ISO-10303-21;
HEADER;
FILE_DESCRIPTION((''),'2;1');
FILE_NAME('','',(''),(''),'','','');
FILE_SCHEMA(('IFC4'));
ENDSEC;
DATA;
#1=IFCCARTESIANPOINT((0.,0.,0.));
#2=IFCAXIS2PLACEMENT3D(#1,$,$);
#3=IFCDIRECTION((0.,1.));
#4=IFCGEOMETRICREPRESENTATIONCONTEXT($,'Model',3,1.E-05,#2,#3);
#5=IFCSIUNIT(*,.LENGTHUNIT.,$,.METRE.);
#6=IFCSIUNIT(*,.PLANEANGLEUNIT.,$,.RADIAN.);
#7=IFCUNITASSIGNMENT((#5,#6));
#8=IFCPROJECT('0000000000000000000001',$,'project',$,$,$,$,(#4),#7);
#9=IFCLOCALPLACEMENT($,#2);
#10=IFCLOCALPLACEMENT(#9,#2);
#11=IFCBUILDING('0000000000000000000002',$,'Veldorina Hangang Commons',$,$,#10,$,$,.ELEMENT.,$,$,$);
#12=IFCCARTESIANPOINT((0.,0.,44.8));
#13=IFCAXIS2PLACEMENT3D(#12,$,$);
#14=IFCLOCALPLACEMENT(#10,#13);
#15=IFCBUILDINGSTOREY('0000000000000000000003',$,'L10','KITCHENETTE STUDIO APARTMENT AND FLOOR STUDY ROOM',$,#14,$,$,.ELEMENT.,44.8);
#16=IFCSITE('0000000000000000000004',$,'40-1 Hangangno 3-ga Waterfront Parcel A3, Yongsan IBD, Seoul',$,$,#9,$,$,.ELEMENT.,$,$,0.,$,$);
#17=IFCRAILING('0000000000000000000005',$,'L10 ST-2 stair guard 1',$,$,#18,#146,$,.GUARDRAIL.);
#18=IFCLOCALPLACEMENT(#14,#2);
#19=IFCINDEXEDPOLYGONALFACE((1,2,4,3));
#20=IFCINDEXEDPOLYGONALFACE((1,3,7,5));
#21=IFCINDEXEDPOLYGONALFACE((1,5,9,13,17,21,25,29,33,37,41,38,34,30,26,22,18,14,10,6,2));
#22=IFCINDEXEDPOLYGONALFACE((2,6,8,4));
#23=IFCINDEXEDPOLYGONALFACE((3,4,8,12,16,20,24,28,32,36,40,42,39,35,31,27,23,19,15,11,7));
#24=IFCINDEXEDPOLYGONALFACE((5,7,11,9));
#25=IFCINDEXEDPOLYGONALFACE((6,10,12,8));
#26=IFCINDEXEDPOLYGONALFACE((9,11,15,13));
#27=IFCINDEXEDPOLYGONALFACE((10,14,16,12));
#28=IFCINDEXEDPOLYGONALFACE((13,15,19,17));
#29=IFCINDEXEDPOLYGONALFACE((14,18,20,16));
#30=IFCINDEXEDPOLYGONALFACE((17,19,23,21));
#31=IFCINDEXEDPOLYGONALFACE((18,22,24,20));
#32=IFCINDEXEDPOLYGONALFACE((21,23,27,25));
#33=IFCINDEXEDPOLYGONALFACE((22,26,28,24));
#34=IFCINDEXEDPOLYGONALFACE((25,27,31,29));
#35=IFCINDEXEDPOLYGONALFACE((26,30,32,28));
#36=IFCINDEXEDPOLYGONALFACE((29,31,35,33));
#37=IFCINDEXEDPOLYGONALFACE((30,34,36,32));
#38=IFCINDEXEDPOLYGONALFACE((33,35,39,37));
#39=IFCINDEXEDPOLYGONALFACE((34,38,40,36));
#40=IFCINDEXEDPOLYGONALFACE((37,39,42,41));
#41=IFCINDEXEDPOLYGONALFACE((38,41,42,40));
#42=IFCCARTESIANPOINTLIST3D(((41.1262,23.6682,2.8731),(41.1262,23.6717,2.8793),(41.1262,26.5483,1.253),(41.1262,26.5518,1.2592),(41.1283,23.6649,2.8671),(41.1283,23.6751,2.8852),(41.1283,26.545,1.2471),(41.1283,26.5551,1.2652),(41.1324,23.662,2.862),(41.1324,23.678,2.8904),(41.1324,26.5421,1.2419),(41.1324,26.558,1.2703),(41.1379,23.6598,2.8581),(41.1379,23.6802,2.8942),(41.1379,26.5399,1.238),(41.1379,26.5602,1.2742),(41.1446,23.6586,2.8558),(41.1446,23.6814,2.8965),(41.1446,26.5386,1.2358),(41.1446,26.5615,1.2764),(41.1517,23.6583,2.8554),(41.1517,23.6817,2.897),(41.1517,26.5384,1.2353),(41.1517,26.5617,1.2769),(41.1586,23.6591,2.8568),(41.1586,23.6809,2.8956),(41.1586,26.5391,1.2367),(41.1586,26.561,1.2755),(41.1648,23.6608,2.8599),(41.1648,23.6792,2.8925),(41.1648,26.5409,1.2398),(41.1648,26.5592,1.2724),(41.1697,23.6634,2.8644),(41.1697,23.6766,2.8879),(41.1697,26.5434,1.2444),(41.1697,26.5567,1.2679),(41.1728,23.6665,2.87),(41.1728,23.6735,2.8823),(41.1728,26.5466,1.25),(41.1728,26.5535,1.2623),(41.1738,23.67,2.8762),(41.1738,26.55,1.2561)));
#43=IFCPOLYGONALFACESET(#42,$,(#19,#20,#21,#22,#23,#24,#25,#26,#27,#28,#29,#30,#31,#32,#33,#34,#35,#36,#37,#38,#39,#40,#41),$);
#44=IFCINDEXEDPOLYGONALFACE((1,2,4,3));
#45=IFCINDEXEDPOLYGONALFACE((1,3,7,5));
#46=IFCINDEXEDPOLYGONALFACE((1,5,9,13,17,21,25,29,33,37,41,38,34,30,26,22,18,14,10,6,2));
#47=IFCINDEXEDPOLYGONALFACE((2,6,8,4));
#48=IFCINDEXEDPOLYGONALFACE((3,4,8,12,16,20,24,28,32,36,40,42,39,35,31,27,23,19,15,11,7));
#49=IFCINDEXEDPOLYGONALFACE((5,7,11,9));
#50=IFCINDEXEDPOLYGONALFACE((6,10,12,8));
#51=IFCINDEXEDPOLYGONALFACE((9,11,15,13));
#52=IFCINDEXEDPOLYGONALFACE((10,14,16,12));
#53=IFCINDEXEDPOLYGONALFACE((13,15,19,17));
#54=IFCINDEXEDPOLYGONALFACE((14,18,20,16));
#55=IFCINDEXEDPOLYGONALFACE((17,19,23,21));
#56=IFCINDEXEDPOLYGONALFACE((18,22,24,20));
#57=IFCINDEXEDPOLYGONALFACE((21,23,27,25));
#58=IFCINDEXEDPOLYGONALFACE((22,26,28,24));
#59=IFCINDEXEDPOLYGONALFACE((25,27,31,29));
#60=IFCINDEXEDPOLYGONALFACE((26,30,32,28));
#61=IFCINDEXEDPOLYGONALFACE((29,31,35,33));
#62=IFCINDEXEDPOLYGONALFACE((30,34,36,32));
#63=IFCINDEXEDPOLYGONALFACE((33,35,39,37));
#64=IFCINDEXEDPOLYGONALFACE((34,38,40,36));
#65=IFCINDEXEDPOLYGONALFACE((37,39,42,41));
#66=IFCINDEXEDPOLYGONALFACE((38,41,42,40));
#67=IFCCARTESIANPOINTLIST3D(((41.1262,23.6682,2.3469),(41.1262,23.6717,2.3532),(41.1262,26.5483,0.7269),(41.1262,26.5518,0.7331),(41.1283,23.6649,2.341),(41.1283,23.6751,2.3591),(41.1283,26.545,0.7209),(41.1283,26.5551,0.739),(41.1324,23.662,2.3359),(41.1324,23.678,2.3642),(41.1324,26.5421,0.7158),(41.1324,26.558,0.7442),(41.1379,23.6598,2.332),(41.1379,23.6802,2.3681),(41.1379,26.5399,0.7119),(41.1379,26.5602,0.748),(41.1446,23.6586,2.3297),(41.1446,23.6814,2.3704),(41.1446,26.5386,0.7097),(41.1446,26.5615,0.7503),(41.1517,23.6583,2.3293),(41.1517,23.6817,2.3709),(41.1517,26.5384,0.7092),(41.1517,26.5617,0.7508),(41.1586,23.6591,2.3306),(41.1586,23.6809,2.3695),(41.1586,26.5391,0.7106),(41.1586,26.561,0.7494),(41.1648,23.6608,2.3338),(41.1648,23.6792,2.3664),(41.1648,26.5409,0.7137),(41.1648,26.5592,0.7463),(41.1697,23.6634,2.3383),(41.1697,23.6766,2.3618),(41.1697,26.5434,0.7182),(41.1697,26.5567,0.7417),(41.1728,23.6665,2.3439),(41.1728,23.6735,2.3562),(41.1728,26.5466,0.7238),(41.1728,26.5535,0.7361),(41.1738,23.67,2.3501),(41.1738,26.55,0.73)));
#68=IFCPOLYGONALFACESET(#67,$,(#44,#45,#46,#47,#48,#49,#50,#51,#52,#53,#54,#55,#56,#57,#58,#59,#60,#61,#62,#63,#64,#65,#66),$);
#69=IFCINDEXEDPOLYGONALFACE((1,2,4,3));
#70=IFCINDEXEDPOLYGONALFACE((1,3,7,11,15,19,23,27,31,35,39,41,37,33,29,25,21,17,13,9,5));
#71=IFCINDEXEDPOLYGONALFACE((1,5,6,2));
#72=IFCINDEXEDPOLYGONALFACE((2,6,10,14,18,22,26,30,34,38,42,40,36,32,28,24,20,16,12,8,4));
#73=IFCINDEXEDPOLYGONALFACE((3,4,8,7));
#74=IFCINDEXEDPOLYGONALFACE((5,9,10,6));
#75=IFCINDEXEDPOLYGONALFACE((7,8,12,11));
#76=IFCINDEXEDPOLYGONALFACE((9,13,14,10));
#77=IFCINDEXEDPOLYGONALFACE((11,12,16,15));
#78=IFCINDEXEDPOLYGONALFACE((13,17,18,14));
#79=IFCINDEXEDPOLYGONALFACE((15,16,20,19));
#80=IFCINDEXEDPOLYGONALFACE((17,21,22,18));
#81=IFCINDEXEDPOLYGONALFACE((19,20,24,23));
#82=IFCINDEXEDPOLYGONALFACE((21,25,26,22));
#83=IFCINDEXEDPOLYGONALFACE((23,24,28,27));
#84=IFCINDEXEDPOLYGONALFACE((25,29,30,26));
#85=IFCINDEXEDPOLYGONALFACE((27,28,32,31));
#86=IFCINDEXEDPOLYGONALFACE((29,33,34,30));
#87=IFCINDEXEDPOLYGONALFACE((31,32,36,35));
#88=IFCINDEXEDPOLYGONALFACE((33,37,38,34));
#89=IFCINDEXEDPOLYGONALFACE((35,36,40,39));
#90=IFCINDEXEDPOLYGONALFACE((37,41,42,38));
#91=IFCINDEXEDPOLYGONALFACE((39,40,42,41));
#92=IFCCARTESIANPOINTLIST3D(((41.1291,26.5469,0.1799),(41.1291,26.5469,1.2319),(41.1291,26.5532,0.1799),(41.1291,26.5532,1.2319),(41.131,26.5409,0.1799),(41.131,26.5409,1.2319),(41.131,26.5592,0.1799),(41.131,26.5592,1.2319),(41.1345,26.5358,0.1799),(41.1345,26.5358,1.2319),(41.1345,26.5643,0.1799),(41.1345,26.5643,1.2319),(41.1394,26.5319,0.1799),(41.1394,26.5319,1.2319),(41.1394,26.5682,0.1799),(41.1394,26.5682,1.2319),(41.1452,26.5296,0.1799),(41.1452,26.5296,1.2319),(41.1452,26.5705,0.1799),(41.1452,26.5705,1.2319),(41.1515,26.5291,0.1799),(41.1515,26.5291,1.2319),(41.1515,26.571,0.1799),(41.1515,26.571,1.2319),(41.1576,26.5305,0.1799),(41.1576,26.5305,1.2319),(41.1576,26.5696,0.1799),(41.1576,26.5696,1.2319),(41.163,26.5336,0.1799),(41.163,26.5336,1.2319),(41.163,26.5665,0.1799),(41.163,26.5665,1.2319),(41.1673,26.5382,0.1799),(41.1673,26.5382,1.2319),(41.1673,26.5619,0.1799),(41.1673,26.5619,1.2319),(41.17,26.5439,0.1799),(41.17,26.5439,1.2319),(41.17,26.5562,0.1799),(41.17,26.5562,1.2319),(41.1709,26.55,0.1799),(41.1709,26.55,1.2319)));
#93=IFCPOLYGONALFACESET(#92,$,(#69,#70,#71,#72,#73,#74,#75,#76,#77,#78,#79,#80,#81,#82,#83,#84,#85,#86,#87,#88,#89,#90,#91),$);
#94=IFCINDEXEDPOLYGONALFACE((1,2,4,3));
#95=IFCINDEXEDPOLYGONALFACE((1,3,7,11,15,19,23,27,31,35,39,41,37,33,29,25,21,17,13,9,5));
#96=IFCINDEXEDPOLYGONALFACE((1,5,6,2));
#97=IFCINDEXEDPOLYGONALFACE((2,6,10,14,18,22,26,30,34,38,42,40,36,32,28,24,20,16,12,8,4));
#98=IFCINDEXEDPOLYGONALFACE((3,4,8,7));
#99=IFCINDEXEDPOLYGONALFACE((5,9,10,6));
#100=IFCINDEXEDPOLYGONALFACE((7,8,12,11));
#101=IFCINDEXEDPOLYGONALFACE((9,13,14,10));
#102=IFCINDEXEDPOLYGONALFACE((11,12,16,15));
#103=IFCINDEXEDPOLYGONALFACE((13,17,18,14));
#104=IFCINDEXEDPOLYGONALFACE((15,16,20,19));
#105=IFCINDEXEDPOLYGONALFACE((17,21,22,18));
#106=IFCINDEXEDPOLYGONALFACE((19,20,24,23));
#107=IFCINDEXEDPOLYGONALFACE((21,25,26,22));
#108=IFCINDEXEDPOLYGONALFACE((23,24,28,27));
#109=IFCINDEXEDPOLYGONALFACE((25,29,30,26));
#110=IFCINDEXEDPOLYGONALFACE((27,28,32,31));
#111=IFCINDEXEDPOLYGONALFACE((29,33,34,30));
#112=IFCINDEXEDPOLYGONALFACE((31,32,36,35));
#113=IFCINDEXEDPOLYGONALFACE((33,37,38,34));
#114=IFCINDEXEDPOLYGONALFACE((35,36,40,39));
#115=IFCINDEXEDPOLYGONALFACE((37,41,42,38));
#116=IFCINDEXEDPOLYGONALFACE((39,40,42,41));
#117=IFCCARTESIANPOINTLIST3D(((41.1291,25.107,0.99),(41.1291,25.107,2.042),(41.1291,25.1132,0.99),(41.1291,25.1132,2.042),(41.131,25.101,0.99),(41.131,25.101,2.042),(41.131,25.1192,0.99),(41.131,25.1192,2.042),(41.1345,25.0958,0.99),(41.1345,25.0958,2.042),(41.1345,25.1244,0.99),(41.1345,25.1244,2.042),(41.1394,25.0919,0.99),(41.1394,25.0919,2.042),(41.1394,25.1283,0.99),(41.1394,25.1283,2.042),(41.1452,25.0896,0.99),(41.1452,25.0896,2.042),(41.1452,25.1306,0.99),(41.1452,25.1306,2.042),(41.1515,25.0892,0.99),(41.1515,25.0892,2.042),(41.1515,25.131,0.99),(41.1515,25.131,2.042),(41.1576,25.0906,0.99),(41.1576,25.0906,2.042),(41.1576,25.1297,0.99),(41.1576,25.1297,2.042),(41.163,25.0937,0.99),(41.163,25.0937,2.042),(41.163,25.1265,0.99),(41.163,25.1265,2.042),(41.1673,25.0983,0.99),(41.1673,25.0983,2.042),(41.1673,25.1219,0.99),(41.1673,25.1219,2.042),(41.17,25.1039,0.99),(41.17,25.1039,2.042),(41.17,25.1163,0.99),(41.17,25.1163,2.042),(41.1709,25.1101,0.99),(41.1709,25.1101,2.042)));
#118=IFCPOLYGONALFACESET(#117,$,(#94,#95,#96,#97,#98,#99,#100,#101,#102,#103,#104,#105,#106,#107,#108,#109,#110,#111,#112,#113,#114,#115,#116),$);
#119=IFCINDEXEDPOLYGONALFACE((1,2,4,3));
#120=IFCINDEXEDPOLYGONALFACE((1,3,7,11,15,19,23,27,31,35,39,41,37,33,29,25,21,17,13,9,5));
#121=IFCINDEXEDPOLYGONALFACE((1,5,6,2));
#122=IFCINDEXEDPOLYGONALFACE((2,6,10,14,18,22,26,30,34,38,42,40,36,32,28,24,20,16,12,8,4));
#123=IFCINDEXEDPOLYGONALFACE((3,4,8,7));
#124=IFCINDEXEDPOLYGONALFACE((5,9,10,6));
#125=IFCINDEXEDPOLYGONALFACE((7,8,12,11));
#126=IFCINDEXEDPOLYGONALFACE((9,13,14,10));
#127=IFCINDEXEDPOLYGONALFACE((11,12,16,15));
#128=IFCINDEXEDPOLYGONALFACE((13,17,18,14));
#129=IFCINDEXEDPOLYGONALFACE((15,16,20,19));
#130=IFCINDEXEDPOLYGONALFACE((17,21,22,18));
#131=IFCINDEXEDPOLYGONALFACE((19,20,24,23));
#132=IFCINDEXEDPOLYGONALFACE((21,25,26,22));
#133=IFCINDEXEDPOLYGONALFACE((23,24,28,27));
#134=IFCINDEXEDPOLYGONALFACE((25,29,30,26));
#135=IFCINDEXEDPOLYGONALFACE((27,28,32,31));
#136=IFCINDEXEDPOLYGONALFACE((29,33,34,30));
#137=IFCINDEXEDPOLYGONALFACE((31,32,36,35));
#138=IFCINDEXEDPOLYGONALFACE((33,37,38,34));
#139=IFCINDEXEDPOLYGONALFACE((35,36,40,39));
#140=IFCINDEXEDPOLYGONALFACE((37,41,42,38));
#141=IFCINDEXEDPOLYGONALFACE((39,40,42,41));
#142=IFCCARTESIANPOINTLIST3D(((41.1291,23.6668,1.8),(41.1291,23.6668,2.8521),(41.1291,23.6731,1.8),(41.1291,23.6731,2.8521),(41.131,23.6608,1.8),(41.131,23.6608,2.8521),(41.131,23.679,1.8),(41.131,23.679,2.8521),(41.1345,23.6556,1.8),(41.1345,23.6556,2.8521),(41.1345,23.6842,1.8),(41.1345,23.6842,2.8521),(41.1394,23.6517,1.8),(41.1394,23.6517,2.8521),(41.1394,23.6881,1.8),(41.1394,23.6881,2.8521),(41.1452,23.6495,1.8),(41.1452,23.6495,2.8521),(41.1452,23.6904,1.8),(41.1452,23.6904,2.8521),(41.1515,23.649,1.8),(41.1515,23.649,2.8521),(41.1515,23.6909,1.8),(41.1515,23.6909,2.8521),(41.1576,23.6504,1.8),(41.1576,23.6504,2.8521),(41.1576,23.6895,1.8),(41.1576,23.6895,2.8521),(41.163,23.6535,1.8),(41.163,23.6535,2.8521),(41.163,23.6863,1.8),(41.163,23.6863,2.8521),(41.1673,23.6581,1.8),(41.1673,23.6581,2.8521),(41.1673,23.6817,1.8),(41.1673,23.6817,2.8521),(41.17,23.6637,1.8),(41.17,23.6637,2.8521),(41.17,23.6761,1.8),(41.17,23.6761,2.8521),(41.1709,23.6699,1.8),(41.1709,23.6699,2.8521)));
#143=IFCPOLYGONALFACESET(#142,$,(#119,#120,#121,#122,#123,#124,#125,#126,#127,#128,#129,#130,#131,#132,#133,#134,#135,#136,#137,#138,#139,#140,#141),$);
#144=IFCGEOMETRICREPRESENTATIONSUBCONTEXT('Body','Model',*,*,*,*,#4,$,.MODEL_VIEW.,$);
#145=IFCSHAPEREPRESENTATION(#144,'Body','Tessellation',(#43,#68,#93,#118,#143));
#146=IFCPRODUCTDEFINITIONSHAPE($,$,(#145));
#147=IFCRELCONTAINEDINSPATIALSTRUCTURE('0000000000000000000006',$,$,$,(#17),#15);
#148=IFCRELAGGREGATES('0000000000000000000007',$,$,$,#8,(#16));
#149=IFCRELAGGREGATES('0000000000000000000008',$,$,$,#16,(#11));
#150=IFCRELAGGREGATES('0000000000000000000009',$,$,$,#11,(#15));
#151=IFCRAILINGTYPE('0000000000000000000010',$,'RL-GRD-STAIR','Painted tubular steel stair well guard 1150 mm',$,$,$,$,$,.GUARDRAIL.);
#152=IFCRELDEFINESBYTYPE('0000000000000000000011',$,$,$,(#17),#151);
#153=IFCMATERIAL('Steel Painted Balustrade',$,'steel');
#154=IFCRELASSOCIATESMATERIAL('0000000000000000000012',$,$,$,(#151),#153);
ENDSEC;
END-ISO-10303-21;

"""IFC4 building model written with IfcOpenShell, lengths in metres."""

from ifc_helpers import new_model, si_unit, direction, frame, origin, origin_2d, place, context, subcontext, project, spatial, circle, extrude, material, type_object, element, save


model = new_model("IFC4")

# Units and contexts
model_context = context("Model", 3, precision=1e-05, world=origin(), true_north=direction((0.0, 1.0)))
body_context = subcontext(model_context, "Body", "Model", "MODEL_VIEW")
ifc_project = project(units=[si_unit("LENGTHUNIT", "METRE"), si_unit("PLANEANGLEUNIT", "RADIAN")], contexts=[model_context])

# Site, building, storey
site_placement = place(None, origin())
site = spatial("IfcSite", under=ifc_project, at=site_placement, Name="40-1 Hangangno 3-ga Waterfront Parcel A3, Yongsan IBD, Seoul", CompositionType="ELEMENT", RefElevation=0.0)
building_placement = place(site_placement, origin())
building = spatial("IfcBuilding", under=site, at=building_placement, Name="Veldorina Hangang Commons", CompositionType="ELEMENT")
storey_placement = place(building_placement, frame((0.0, 0.0, 44.8)))
storey = spatial("IfcBuildingStorey", under=building, at=storey_placement, Name="L10", Description="KITCHENETTE STUDIO APARTMENT AND FLOOR STUDY ROOM", CompositionType="ELEMENT", Elevation=44.8)

# Railing
ifc_material_1 = material(Name="Steel Painted Balustrade", Category="steel")
railing_type_1 = type_object("IfcRailingType", Name="RL-GRD-STAIR", Description="Painted tubular steel stair well guard 1150 mm", PredefinedType="GUARDRAIL", material=ifc_material_1)
railing_1_placement = place(storey_placement, frame((41.1499, 26.55, 0.1799)))
element("IfcRailing", 1, at=railing_1_placement, inside=storey, type_object=railing_type_1, Name="L10 ST-2 stair guard 1", PredefinedType="GUARDRAIL", context=body_context, shape_type="SweptSolid", body=[
    extrude(circle(Radius=0.0239, at=origin_2d()), frame((0.0, 0.0, 1.0762), z_axis=(0.0, -0.87157, 0.490272), x_axis=(1.0, 0.0, 0.0)), (0.0, 0.0, 1.0), 3.3044),
    extrude(circle(Radius=0.0239, at=origin_2d()), frame((0.0, 0.0, 0.55), z_axis=(0.0, -0.87157, 0.490272), x_axis=(1.0, 0.0, 0.0)), (0.0, 0.0, 1.0), 3.3044),
    extrude(circle(Radius=0.021, at=origin_2d()), origin(), (0.0, 0.0, 1.0), 1.052),
    extrude(circle(Radius=0.021, at=origin_2d()), frame((0.0, -1.4399, 0.8101)), (0.0, 0.0, 1.0), 1.052),
    extrude(circle(Radius=0.021, at=origin_2d()), frame((0.0, -2.8801, 1.6201)), (0.0, 0.0, 1.0), 1.052),
])

save(model, "model.ifc")
